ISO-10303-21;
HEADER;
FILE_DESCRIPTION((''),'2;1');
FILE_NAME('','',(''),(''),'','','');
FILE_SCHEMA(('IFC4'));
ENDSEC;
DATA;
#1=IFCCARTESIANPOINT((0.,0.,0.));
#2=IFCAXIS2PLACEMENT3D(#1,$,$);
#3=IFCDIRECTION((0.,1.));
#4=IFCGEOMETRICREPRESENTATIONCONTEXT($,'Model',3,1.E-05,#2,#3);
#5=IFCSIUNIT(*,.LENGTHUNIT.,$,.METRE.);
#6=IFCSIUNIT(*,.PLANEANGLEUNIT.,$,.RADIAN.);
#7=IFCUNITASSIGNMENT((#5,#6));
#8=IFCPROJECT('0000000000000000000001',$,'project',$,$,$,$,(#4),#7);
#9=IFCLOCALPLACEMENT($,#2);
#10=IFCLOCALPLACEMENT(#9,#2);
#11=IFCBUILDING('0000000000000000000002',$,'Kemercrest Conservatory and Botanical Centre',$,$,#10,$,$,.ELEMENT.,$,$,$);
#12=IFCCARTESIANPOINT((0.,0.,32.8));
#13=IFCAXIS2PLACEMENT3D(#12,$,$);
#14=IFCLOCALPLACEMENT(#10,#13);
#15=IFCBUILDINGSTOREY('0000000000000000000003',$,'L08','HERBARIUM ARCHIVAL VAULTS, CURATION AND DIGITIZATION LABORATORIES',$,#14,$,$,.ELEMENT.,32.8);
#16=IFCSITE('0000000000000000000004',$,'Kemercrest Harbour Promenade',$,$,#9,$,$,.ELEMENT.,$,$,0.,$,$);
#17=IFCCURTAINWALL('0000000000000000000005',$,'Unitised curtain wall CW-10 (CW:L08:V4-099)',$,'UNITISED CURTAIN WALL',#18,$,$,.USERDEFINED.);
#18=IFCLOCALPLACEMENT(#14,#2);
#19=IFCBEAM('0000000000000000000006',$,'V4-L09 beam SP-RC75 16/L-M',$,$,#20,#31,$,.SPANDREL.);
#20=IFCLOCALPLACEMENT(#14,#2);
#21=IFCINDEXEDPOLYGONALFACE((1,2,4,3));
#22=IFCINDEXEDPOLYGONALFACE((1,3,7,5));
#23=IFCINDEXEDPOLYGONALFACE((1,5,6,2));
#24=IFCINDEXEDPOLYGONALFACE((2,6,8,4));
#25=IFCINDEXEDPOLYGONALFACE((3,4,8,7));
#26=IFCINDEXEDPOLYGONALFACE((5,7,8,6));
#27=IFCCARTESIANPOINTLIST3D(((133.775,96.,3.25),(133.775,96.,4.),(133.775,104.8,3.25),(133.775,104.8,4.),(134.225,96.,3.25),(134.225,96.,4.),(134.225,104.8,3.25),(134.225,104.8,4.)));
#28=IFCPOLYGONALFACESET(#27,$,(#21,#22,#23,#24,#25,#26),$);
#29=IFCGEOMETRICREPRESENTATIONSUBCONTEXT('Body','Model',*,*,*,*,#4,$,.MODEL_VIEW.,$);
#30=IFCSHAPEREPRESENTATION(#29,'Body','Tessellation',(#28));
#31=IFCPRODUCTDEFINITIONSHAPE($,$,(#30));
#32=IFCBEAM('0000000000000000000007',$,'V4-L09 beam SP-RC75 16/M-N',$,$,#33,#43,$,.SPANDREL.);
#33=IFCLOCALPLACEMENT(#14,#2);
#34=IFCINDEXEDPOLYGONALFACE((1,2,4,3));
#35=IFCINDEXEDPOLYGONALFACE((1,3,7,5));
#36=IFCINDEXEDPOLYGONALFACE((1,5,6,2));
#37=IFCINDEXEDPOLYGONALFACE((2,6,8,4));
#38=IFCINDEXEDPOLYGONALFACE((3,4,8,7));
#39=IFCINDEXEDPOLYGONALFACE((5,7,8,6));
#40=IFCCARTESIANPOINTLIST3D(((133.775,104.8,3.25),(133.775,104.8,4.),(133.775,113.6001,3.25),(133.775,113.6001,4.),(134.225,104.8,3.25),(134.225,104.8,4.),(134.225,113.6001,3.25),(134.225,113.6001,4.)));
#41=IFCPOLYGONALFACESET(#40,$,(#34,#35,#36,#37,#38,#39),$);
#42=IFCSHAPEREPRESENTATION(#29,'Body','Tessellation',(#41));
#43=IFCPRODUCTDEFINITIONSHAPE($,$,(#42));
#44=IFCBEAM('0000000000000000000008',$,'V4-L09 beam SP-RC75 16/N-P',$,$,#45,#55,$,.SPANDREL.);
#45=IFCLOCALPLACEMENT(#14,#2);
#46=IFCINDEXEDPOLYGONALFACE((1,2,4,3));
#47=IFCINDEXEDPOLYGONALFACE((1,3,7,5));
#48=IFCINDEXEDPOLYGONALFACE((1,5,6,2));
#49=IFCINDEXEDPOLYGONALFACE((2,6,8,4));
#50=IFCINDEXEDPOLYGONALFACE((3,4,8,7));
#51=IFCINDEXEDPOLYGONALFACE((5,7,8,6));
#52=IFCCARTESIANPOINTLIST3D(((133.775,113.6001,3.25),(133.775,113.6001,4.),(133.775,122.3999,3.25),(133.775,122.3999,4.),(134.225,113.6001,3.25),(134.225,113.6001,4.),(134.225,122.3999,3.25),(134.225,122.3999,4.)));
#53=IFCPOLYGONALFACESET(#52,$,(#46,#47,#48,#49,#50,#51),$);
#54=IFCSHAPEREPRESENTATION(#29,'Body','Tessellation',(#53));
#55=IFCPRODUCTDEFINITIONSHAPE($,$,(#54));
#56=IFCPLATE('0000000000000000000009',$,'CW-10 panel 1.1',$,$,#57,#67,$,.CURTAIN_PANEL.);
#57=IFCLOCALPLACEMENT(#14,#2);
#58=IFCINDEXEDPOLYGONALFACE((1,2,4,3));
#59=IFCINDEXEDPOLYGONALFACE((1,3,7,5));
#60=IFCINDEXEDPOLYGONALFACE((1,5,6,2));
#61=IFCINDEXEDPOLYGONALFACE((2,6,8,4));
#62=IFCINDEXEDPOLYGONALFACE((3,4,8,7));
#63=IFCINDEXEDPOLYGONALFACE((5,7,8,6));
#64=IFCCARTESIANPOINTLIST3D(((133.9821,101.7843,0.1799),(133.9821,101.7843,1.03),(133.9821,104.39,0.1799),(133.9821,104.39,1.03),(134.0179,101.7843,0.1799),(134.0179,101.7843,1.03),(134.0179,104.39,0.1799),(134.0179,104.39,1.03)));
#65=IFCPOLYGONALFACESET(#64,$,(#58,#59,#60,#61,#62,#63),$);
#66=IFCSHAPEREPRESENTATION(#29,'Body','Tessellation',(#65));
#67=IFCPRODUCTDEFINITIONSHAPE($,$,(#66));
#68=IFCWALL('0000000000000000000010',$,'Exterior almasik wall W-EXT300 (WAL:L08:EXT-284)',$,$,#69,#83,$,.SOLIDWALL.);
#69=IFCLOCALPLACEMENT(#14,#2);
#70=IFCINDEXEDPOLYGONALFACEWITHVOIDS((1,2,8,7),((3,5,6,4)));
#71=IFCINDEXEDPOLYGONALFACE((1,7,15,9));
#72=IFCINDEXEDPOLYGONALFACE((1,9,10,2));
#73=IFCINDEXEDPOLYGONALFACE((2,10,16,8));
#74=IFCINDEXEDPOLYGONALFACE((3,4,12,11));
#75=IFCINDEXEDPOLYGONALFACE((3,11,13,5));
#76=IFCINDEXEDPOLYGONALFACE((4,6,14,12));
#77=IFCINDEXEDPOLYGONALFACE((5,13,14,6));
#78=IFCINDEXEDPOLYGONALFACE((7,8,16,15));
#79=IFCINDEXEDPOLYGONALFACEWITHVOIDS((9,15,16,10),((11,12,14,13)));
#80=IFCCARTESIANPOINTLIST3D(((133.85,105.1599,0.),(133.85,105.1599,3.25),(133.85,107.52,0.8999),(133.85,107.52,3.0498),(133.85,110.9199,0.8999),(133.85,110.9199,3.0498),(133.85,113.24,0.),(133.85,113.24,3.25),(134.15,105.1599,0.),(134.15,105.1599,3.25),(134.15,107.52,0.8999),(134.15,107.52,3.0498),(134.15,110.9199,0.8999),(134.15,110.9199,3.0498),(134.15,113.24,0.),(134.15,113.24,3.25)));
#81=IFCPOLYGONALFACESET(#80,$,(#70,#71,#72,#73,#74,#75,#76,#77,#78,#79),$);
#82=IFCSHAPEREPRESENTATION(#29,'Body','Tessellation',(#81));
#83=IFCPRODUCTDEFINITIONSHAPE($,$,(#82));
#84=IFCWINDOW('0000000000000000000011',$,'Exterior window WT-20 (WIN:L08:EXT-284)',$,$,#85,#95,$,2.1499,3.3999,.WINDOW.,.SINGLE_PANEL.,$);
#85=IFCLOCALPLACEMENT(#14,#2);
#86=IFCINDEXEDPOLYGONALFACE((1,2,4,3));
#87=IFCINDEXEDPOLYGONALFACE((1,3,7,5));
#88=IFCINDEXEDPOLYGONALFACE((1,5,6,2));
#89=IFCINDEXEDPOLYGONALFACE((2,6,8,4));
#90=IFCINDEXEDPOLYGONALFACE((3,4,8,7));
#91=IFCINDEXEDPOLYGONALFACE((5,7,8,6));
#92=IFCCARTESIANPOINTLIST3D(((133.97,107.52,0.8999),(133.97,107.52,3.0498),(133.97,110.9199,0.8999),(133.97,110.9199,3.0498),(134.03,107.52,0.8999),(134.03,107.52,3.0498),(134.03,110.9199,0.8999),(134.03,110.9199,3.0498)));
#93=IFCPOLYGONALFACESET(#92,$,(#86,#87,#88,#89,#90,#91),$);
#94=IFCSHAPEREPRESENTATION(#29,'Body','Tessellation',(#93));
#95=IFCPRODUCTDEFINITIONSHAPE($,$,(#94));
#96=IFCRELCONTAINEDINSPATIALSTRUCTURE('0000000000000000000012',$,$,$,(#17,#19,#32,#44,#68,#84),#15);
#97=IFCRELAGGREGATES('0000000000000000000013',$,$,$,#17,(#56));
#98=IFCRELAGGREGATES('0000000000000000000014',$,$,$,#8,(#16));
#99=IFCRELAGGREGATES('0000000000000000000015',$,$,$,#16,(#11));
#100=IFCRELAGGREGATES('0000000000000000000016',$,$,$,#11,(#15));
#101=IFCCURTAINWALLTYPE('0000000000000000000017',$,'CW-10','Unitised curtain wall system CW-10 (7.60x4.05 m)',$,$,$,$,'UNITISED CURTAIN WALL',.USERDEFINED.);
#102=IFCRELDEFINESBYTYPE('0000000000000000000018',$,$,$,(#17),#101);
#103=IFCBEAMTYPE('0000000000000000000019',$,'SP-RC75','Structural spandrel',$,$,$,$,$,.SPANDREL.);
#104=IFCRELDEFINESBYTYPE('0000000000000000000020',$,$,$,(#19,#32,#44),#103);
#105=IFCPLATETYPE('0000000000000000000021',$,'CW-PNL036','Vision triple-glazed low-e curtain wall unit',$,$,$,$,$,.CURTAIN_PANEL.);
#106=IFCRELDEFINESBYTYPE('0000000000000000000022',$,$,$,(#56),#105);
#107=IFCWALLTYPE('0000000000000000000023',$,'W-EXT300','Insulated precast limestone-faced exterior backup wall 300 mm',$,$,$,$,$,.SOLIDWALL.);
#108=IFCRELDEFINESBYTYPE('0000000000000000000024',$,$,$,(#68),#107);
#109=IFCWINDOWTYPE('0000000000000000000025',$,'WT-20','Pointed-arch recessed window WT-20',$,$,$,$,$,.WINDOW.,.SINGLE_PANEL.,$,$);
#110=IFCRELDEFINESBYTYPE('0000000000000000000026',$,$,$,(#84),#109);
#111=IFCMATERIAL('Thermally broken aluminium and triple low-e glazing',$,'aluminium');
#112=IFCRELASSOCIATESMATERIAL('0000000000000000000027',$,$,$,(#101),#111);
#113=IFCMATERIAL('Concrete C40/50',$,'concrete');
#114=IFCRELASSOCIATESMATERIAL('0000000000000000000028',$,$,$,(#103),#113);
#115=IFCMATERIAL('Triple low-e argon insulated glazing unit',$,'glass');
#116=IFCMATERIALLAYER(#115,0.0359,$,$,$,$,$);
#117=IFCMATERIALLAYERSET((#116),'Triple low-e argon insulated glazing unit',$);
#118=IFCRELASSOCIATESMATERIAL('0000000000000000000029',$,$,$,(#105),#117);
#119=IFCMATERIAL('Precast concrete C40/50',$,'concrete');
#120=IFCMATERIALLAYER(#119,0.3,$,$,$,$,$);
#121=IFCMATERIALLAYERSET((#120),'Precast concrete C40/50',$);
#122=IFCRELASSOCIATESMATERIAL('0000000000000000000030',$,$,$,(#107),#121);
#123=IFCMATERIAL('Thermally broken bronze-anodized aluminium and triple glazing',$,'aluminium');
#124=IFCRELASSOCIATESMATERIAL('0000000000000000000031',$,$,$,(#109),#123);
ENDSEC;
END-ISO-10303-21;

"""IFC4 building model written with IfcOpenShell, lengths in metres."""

from ifc_helpers import new_model, si_unit, direction, frame, frame_2d, origin, origin_2d, place, context, subcontext, project, spatial, rectangle, extrude, material, layer, layer_set, material_profile, profile_set, type_object, element, fill, aggregate, save


model = new_model("IFC4")

# Units and contexts
model_context = context("Model", 3, precision=1e-05, world=origin(), true_north=direction((0.0, 1.0)))
body_context = subcontext(model_context, "Body", "Model", "MODEL_VIEW")
ifc_project = project(units=[si_unit("LENGTHUNIT", "METRE"), si_unit("PLANEANGLEUNIT", "RADIAN")], contexts=[model_context])

# Site, building, storey
site_placement = place(None, origin())
site = spatial("IfcSite", under=ifc_project, at=site_placement, Name="Kemercrest Harbour Promenade", CompositionType="ELEMENT", RefElevation=0.0)
building_placement = place(site_placement, origin())
building = spatial("IfcBuilding", under=site, at=building_placement, Name="Kemercrest Conservatory and Botanical Centre", CompositionType="ELEMENT")
storey_placement = place(building_placement, frame((0.0, 0.0, 32.8)))
storey = spatial("IfcBuildingStorey", under=building, at=storey_placement, Name="L08", Description="HERBARIUM ARCHIVAL VAULTS, CURATION AND DIGITIZATION LABORATORIES", CompositionType="ELEMENT", Elevation=32.8)

# Shared definitions
ifc_material_1 = material(Name="Concrete C40/50", Category="concrete")

# Curtain wall
ifc_material_2 = material(Name="Thermally broken aluminium and triple low-e glazing", Category="aluminium")
curtain_wall_type = type_object("IfcCurtainWallType", Name="CW-10", Description="Unitised curtain wall system CW-10 (7.60x4.05 m)", ElementType="UNITISED CURTAIN WALL", PredefinedType="USERDEFINED", material=ifc_material_2)
curtain_wall_placement = place(storey_placement, origin())
curtain_wall = element("IfcCurtainWall", 1, at=curtain_wall_placement, inside=storey, type_object=curtain_wall_type, Name="Unitised curtain wall CW-10 (CW:L08:V4-099)", ObjectType="UNITISED CURTAIN WALL", PredefinedType="USERDEFINED")

# Beams
ifc_material_profile_1 = material_profile(ifc_material_1, rectangle(XDim=0.45, YDim=0.75, at=origin_2d()), Name="RC 450x750")
ifc_profile_set_1 = profile_set([ifc_material_profile_1], Name="Concrete C40/50")
beam_type_1 = type_object("IfcBeamType", Name="SP-RC75", Description="Structural spandrel", PredefinedType="SPANDREL", material=ifc_profile_set_1)
for number, where, z_axis, x_axis, name in (
    (2, (134.0, 96.0, 3.625), (0.0, 1.0, 0.0), (-1.0, 0.0, 0.0), "V4-L09 beam SP-RC75 16/L-M"),
    (3, (134.0, 104.8, 3.625), (0.0, 1.0, 0.0), (-1.0, 0.0, 0.0), "V4-L09 beam SP-RC75 16/M-N"),
):
    element("IfcBeam", number, at=place(storey_placement, frame(where, z_axis=z_axis, x_axis=x_axis)), inside=storey, type_object=beam_type_1, Name=name, PredefinedType="SPANDREL", context=body_context, shape_type="SweptSolid", body=[
        extrude(rectangle(XDim=0.45, YDim=0.75, at=origin_2d()), origin(), (0.0, 0.0, 1.0), 8.8),
    ])
beam_1_placement = place(storey_placement, frame((134.0, 113.6001, 3.625), z_axis=(0.0, 1.0, 0.0), x_axis=(-1.0, 0.0, 0.0)))
element("IfcBeam", 4, at=beam_1_placement, inside=storey, type_object=beam_type_1, Name="V4-L09 beam SP-RC75 16/N-P", PredefinedType="SPANDREL", context=body_context, shape_type="SweptSolid", body=[
    extrude(rectangle(XDim=0.45, YDim=0.75, at=origin_2d()), origin(), (0.0, 0.0, 1.0), 8.7998),
])

# Plate
ifc_material_3 = material(Name="Triple low-e argon insulated glazing unit", Category="glass")
ifc_layer_1 = layer(ifc_material_3, 0.0359)
ifc_layer_set_1 = layer_set([ifc_layer_1], Name="Triple low-e argon insulated glazing unit")
plate_type = type_object("IfcPlateType", Name="CW-PNL036", Description="Vision triple-glazed low-e curtain wall unit", PredefinedType="CURTAIN_PANEL", material=ifc_layer_set_1)
plate_placement = place(storey_placement, frame((134.0, 103.0872, 0.1799), z_axis=(0.0, 0.0, 1.0), x_axis=(0.0, -1.0, 0.0)))
plate = element("IfcPlate", 5, at=plate_placement, type_object=plate_type, Name="CW-10 panel 1.1", PredefinedType="CURTAIN_PANEL", context=body_context, shape_type="SweptSolid", body=[
    extrude(rectangle(XDim=2.6057, YDim=0.0359, at=origin_2d()), origin(), (0.0, 0.0, 1.0), 0.8501),
])
aggregate(curtain_wall, [plate])

# Wall, opening, window
ifc_material_4 = material(Name="Precast concrete C40/50", Category="concrete")
ifc_layer_2 = layer(ifc_material_4, 0.3)
ifc_layer_set_2 = layer_set([ifc_layer_2], Name="Precast concrete C40/50")
wall_type = type_object("IfcWallType", Name="W-EXT300", Description="Insulated precast limestone-faced exterior backup wall 300 mm", PredefinedType="SOLIDWALL", material=ifc_layer_set_2)
wall_placement = place(storey_placement, frame((134.0, 113.24, 0.0), z_axis=(0.0, 0.0, 1.0), x_axis=(0.0, -1.0, 0.0)))
wall = element("IfcWall", 6, at=wall_placement, inside=storey, type_object=wall_type, Name="Exterior almasik wall W-EXT300 (WAL:L08:EXT-284)", PredefinedType="SOLIDWALL", context=body_context, shape_type="SweptSolid", body=[
    extrude(rectangle(XDim=8.0801, YDim=0.3, at=frame_2d((4.04, 0.0))), origin(), (0.0, 0.0, 1.0), 3.25),
])
opening_placement = place(wall_placement, frame((2.3201, 0.0, 0.8999)))
opening = element("IfcOpeningElement", 7, at=opening_placement, cuts=wall, PredefinedType="OPENING", context=body_context, shape_type="SweptSolid", body=[
    extrude(rectangle(XDim=3.3999, YDim=2.1499, at=frame_2d((1.7, 1.075))), frame((0.0, 0.1602, 0.0), z_axis=(0.0, -1.0, 0.0), x_axis=(1.0, 0.0, 0.0)), (0.0, 0.0, 1.0), 0.3201),
])
ifc_material_5 = material(Name="Thermally broken bronze-anodized aluminium and triple glazing", Category="aluminium")
window_type = type_object("IfcWindowType", Name="WT-20", Description="Pointed-arch recessed window WT-20", PartitioningType="SINGLE_PANEL", PredefinedType="WINDOW", material=ifc_material_5)
window_placement = place(opening_placement, origin())
window = element("IfcWindow", 8, at=window_placement, inside=storey, type_object=window_type, Name="Exterior window WT-20 (WIN:L08:EXT-284)", OverallHeight=2.1499, OverallWidth=3.3999, PartitioningType="SINGLE_PANEL", PredefinedType="WINDOW", context=body_context, shape_type="SweptSolid", body=[
    extrude(rectangle(XDim=3.3999, YDim=2.1499, at=frame_2d((1.7, 1.075))), frame((0.0, 0.03, 0.0), z_axis=(0.0, -1.0, 0.0), x_axis=(1.0, 0.0, 0.0)), (0.0, 0.0, 1.0), 0.0601),
])
fill(opening, window)

save(model, "model.ifc")
